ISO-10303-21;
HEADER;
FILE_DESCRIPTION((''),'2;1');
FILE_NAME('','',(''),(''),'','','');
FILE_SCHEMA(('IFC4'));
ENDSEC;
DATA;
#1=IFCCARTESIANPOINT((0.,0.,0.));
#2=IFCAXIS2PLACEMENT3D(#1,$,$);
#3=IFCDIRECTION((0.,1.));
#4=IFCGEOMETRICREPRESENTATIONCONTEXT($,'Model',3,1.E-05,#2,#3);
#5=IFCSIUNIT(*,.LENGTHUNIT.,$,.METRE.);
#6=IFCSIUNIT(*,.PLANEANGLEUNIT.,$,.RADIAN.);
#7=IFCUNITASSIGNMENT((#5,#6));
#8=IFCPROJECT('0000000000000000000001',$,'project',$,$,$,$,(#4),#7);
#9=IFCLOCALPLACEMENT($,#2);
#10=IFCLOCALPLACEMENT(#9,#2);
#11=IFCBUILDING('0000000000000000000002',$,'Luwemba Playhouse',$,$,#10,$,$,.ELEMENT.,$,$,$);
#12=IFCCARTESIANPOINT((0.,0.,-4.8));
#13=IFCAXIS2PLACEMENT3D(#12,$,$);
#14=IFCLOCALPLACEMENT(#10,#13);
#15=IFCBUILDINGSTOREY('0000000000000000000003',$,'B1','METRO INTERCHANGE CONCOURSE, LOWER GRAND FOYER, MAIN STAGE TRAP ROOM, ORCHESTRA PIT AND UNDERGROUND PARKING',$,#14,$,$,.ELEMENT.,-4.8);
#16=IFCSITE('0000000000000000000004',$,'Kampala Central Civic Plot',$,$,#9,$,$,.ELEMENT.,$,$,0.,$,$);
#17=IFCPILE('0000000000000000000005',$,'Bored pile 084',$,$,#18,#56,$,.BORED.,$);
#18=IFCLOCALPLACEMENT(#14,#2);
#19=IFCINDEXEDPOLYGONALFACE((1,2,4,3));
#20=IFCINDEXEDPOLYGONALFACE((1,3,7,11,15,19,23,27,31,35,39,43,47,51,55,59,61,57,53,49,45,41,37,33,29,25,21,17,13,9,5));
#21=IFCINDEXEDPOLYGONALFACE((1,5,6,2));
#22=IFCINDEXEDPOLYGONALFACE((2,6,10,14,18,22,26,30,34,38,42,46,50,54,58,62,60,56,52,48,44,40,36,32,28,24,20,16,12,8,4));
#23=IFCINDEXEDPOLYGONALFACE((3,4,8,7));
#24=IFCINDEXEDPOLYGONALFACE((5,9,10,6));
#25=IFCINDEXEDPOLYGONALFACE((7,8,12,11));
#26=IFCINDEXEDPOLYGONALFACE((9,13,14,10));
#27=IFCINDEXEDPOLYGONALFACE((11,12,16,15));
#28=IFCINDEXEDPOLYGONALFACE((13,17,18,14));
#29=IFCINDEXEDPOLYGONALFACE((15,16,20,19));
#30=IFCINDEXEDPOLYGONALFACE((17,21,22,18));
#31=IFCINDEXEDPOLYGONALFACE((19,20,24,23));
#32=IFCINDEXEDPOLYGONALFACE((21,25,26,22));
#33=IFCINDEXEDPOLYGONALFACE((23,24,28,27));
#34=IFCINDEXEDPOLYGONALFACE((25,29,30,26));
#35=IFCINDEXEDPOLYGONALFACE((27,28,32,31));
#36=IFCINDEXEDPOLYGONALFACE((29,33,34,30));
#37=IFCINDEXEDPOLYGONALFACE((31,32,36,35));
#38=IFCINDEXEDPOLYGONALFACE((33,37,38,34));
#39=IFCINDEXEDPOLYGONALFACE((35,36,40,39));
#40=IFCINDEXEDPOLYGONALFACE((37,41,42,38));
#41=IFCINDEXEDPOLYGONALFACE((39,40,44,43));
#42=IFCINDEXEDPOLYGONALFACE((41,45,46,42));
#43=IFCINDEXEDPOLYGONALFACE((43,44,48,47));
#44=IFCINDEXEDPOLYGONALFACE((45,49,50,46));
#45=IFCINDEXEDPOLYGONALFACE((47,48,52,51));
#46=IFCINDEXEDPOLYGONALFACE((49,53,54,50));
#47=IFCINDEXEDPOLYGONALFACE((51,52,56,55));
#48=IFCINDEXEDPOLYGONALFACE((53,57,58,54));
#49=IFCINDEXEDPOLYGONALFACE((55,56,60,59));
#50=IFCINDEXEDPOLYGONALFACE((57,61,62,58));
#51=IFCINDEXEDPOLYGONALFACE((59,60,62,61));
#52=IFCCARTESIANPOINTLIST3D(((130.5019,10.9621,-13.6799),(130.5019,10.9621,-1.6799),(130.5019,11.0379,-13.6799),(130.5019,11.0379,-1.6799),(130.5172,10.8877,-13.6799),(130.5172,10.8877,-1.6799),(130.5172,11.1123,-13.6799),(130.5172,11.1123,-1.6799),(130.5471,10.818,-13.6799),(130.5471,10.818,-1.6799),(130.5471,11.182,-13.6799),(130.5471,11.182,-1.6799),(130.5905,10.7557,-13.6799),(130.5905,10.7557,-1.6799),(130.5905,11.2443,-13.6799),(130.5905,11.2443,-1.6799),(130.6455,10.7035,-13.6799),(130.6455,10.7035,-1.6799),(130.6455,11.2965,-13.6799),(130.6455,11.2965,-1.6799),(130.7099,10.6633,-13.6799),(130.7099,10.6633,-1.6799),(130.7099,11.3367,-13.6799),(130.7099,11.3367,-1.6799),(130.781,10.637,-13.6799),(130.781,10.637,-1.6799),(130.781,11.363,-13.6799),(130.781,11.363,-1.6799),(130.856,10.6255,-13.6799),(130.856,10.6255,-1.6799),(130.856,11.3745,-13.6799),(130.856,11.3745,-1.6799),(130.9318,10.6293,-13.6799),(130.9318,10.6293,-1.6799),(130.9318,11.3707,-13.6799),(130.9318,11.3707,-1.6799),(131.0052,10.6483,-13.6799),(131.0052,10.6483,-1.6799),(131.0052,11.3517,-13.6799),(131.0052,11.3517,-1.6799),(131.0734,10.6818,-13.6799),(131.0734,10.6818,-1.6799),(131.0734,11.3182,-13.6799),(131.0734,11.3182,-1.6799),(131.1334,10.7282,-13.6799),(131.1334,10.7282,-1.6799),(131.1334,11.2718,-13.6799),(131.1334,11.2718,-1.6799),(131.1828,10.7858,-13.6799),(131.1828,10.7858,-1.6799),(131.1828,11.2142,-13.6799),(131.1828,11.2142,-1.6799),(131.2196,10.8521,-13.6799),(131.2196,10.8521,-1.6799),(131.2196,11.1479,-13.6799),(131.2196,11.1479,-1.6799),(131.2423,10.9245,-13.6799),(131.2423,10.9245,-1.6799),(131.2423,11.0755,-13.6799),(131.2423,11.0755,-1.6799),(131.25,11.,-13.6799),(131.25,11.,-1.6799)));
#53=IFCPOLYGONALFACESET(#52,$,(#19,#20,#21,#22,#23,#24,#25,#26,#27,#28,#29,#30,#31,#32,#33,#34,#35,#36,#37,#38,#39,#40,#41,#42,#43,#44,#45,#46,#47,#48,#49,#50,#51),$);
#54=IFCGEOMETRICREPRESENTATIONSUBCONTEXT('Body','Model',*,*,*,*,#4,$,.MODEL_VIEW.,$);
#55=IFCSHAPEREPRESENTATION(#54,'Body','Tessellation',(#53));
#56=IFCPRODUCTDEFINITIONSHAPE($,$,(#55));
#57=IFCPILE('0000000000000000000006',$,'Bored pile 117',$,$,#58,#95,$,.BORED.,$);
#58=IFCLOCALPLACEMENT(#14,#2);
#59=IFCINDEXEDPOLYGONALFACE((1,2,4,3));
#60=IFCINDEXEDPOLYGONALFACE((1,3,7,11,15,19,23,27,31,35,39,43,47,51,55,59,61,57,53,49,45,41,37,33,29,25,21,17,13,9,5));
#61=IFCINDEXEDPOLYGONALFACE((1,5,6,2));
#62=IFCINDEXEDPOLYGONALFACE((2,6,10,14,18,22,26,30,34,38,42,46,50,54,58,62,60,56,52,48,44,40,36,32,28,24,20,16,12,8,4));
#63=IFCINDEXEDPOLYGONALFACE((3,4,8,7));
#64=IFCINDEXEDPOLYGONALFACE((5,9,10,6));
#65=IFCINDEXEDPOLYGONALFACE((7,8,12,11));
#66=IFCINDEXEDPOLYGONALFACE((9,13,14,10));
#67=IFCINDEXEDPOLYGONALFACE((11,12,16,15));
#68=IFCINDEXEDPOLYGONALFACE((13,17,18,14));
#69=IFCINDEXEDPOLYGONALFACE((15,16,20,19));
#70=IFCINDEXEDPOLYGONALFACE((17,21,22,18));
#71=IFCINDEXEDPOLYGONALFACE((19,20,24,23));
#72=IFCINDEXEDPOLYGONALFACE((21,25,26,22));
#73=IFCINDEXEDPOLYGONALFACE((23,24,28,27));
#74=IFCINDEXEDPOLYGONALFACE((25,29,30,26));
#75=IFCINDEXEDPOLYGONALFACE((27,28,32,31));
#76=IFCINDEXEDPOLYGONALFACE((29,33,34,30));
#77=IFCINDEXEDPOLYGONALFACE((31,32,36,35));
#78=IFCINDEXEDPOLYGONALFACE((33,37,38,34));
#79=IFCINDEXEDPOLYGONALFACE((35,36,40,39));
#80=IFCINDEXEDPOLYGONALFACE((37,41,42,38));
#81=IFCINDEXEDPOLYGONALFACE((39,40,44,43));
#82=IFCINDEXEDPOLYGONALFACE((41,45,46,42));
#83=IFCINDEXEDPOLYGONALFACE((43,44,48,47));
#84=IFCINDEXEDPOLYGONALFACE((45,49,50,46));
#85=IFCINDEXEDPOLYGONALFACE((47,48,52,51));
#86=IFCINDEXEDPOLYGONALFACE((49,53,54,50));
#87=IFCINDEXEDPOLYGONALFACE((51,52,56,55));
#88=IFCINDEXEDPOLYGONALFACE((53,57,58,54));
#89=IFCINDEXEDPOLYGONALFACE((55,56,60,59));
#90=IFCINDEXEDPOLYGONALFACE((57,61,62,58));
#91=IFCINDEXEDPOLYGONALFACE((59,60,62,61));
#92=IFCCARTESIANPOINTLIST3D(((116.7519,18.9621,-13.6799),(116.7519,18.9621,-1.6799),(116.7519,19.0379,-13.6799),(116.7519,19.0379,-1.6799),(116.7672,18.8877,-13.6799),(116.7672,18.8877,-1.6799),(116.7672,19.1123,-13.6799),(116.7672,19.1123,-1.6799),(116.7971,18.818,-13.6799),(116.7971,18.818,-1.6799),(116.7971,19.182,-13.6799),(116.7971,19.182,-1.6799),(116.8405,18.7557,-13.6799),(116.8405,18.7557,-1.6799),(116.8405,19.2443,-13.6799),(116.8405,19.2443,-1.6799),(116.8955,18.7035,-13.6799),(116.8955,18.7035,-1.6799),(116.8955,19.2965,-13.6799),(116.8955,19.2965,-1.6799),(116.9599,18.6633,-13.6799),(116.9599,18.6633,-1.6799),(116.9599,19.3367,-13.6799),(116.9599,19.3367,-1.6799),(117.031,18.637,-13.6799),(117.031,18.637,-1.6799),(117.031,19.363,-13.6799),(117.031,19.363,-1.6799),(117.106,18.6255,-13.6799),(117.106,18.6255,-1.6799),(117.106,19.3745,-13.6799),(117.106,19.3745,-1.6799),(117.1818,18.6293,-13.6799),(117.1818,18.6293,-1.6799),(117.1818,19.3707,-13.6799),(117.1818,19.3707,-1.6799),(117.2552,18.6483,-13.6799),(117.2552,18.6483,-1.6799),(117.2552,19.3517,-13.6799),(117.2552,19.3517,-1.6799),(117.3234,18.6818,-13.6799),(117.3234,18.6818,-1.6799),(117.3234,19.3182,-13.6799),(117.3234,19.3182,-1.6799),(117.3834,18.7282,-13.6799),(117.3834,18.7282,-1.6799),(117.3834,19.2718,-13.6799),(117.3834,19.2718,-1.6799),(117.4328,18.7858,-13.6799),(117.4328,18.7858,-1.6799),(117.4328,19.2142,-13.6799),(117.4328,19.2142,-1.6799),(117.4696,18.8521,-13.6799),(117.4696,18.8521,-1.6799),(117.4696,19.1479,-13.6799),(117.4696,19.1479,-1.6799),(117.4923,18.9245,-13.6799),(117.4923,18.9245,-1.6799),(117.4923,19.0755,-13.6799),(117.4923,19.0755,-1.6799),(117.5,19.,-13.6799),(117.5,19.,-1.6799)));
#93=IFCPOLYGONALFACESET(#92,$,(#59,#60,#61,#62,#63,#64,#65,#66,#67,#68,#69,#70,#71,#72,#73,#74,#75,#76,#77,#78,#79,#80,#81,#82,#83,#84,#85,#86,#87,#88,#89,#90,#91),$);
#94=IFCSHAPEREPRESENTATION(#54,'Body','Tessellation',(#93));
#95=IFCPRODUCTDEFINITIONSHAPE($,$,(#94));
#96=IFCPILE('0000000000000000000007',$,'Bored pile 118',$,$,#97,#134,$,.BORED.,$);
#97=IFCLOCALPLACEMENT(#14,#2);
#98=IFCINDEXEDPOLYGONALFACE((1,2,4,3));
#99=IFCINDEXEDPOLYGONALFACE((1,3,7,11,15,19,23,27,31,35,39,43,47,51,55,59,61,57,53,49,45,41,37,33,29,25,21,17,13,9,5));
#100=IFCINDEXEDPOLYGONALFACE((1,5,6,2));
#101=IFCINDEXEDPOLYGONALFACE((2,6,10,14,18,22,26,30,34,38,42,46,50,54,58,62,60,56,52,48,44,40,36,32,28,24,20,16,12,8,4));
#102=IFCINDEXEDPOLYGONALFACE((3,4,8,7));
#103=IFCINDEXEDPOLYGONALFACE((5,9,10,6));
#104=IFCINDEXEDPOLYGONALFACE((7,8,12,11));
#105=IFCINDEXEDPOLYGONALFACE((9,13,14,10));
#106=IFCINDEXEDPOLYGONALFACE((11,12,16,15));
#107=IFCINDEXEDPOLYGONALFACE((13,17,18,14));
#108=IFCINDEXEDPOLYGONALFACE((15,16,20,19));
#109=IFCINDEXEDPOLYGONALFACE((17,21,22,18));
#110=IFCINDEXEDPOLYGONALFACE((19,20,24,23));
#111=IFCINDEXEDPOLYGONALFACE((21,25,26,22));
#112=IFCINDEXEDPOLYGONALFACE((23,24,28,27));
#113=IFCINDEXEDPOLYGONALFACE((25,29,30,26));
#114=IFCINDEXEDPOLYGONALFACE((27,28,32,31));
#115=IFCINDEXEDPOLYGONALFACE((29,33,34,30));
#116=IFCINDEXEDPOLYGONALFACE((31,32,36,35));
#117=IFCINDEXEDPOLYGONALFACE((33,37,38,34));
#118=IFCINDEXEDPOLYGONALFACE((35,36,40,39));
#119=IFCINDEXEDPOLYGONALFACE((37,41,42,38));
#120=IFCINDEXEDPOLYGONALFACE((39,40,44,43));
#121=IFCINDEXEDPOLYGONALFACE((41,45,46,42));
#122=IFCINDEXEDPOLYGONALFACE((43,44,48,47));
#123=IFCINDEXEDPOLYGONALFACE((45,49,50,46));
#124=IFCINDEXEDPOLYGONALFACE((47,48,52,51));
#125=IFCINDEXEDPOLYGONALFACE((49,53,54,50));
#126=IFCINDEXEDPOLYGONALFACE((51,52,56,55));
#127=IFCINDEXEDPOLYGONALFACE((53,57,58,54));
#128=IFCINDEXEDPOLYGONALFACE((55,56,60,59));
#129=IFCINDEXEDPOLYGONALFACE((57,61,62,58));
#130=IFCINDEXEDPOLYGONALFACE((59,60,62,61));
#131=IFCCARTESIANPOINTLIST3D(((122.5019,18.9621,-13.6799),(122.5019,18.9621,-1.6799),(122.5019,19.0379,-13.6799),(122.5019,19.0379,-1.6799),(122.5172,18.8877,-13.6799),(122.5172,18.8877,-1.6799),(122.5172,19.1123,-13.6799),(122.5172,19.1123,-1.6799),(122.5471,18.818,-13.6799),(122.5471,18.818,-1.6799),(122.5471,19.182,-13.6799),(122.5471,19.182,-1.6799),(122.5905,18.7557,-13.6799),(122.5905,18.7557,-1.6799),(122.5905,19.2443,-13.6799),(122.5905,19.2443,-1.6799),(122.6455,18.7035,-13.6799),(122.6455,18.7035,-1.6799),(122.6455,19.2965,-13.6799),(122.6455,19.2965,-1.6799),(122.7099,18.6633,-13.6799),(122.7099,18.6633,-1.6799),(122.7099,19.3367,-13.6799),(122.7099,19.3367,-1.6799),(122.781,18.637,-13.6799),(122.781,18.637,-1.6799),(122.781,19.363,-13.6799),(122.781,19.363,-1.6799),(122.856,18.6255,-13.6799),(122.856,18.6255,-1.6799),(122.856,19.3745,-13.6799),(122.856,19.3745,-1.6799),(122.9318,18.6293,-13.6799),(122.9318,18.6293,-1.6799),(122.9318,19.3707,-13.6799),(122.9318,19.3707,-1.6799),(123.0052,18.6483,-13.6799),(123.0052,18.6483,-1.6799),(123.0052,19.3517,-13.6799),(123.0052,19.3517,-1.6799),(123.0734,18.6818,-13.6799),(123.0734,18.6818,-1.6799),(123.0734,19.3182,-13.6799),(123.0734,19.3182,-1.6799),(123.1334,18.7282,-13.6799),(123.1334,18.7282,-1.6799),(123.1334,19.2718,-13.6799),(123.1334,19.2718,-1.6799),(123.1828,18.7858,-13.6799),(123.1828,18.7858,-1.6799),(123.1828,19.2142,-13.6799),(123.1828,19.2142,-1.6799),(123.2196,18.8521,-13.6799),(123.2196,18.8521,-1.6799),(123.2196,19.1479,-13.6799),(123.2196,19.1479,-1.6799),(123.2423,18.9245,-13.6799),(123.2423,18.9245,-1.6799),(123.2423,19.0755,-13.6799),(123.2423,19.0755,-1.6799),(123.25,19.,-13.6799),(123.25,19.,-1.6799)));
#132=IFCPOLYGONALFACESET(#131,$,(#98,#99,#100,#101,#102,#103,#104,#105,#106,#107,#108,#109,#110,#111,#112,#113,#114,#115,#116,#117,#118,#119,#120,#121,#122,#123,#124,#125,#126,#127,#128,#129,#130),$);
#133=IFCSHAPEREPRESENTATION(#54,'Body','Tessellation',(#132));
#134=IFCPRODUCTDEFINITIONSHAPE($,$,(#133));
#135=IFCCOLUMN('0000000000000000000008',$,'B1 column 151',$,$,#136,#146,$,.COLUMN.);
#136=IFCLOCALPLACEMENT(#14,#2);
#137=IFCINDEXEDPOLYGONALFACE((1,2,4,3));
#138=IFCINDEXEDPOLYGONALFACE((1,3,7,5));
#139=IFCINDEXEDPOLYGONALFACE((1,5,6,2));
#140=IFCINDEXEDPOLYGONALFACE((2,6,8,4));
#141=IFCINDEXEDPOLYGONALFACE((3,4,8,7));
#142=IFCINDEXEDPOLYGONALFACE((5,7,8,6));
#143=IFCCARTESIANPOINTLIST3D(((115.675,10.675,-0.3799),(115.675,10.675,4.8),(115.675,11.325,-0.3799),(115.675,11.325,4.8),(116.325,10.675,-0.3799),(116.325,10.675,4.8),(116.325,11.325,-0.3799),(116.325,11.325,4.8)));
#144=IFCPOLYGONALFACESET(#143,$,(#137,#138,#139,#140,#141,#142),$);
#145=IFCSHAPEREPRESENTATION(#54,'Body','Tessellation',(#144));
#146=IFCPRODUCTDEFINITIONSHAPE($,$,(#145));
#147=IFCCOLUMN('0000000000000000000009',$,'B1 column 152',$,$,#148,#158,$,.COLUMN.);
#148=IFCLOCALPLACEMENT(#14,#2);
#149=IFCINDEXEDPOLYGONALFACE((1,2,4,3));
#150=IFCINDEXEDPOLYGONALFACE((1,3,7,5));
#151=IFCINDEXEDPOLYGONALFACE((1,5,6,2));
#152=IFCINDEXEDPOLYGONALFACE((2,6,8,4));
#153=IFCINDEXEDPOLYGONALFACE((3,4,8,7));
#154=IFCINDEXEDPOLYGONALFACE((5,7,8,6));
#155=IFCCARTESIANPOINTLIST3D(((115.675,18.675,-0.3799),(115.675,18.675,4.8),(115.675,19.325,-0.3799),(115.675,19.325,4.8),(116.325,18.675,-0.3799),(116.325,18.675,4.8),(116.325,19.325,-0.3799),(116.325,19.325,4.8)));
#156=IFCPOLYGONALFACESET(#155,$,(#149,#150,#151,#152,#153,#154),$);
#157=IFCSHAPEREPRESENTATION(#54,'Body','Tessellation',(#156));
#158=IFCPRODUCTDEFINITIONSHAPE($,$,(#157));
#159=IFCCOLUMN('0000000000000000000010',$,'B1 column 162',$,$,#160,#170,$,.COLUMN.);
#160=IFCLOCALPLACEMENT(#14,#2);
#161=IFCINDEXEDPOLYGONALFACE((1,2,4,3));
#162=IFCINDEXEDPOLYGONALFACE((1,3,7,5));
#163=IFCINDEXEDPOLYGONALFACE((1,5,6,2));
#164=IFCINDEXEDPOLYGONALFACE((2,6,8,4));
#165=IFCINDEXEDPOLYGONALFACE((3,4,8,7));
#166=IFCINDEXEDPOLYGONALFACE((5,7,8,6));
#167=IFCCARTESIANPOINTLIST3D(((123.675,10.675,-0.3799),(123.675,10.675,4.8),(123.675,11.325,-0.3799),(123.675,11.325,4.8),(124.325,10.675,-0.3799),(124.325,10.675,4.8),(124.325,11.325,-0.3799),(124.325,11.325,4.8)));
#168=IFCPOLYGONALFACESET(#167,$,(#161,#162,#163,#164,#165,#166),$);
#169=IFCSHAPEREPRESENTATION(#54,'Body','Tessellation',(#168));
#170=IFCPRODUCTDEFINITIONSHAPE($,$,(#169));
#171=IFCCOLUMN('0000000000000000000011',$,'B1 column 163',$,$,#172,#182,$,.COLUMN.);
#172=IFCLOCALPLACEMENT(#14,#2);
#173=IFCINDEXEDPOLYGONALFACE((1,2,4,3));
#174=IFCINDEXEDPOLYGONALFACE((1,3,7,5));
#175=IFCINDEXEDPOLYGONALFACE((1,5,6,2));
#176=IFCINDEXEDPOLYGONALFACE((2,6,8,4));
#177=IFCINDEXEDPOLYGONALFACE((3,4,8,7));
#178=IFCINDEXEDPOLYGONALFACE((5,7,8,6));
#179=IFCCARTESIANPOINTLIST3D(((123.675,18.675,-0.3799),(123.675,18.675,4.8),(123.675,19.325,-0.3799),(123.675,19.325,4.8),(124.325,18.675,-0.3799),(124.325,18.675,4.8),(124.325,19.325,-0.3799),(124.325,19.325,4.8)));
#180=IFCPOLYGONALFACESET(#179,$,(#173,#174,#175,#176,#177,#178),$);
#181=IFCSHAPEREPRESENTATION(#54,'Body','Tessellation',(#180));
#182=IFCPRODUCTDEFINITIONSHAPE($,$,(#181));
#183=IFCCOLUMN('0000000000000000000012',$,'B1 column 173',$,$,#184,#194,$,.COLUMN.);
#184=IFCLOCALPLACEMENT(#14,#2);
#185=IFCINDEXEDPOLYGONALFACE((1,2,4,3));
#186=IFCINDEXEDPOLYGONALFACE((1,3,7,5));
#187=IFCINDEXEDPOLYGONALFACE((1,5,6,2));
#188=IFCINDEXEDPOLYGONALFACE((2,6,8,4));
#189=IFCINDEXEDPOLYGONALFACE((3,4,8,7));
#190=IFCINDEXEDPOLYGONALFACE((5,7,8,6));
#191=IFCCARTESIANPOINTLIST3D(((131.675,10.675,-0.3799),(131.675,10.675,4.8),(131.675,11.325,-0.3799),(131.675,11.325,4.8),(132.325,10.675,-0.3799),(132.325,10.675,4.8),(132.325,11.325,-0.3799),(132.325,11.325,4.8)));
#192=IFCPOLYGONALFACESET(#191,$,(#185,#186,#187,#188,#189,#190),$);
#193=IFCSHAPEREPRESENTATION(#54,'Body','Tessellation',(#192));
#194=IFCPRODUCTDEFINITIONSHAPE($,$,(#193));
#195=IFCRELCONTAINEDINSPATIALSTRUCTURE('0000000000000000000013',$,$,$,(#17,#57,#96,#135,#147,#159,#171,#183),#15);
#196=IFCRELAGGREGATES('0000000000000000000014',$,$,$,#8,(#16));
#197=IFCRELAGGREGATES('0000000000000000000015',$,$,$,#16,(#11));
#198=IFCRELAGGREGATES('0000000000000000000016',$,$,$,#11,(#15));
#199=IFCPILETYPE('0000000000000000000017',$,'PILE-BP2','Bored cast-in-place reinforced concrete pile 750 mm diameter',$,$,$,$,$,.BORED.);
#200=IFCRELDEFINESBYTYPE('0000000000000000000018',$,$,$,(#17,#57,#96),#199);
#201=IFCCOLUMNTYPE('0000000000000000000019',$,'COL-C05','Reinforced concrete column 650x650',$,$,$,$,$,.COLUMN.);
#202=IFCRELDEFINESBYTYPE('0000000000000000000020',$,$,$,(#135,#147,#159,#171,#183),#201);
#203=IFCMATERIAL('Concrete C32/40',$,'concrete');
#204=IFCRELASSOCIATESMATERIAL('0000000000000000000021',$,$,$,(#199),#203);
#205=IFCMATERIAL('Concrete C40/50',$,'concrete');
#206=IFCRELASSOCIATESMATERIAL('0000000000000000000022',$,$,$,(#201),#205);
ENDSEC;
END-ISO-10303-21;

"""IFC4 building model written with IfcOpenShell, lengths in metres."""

from ifc_helpers import new_model, si_unit, direction, frame, origin, origin_2d, place, context, subcontext, project, spatial, rectangle, circle, extrude, material, material_profile, profile_set, type_object, element, save


model = new_model("IFC4")

# Units and contexts
model_context = context("Model", 3, precision=1e-05, world=origin(), true_north=direction((0.0, 1.0)))
body_context = subcontext(model_context, "Body", "Model", "MODEL_VIEW")
ifc_project = project(units=[si_unit("LENGTHUNIT", "METRE"), si_unit("PLANEANGLEUNIT", "RADIAN")], contexts=[model_context])

# Site, building, storey
site_placement = place(None, origin())
site = spatial("IfcSite", under=ifc_project, at=site_placement, Name="Kampala Central Civic Plot", CompositionType="ELEMENT", RefElevation=0.0)
building_placement = place(site_placement, origin())
building = spatial("IfcBuilding", under=site, at=building_placement, Name="Luwemba Playhouse", CompositionType="ELEMENT")
storey_placement = place(building_placement, frame((0.0, 0.0, -4.8)))
storey = spatial("IfcBuildingStorey", under=building, at=storey_placement, Name="B1", Description="METRO INTERCHANGE CONCOURSE, LOWER GRAND FOYER, MAIN STAGE TRAP ROOM, ORCHESTRA PIT AND UNDERGROUND PARKING", CompositionType="ELEMENT", Elevation=-4.8)

# Shared definitions
ifc_material_1 = material(Name="Concrete C32/40", Category="concrete")

# Piles
ifc_material_profile_1 = material_profile(ifc_material_1, circle(Radius=0.375, at=origin_2d()))
ifc_profile_set_1 = profile_set([ifc_material_profile_1], Name="Concrete C32/40")
pile_type = type_object("IfcPileType", Name="PILE-BP2", Description="Bored cast-in-place reinforced concrete pile 750 mm diameter", PredefinedType="BORED", material=ifc_profile_set_1)
for number, where, z_axis, x_axis, name in (
    (1, (130.875, 11.0, -1.6799), (0.0, 0.0, -1.0), (1.0, 0.0, 0.0), "Bored pile 084"),
    (2, (117.125, 19.0, -1.6799), (0.0, 0.0, -1.0), (1.0, 0.0, 0.0), "Bored pile 117"),
    (3, (122.875, 19.0, -1.6799), (0.0, 0.0, -1.0), (1.0, 0.0, 0.0), "Bored pile 118"),
):
    element("IfcPile", number, at=place(storey_placement, frame(where, z_axis=z_axis, x_axis=x_axis)), inside=storey, type_object=pile_type, Name=name, PredefinedType="BORED", context=body_context, shape_type="SweptSolid", body=[
        extrude(circle(Radius=0.375, at=origin_2d()), origin(), (0.0, 0.0, 1.0), 12.0),
    ])

# Columns
ifc_material_2 = material(Name="Concrete C40/50", Category="concrete")
ifc_material_profile_2 = material_profile(ifc_material_2, rectangle(XDim=0.6499, YDim=0.6499, at=origin_2d()))
ifc_profile_set_2 = profile_set([ifc_material_profile_2], Name="Concrete C40/50")
column_type = type_object("IfcColumnType", Name="COL-C05", Description="Reinforced concrete column 650x650", PredefinedType="COLUMN", material=ifc_profile_set_2)
for number, where, z_axis, x_axis, name in (
    (4, (116.0, 11.0, -0.3799), (0.0, 0.0, 1.0), (1.0, 0.0, 0.0), "B1 column 151"),
    (5, (116.0, 19.0, -0.3799), (0.0, 0.0, 1.0), (1.0, 0.0, 0.0), "B1 column 152"),
    (6, (124.0, 11.0, -0.3799), (0.0, 0.0, 1.0), (1.0, 0.0, 0.0), "B1 column 162"),
    (7, (124.0, 19.0, -0.3799), (0.0, 0.0, 1.0), (1.0, 0.0, 0.0), "B1 column 163"),
    (8, (132.0, 11.0, -0.3799), (0.0, 0.0, 1.0), (1.0, 0.0, 0.0), "B1 column 173"),
):
    element("IfcColumn", number, at=place(storey_placement, frame(where, z_axis=z_axis, x_axis=x_axis)), inside=storey, type_object=column_type, Name=name, PredefinedType="COLUMN", context=body_context, shape_type="SweptSolid", body=[
        extrude(rectangle(XDim=0.6499, YDim=0.6499, at=origin_2d()), origin(), (0.0, 0.0, 1.0), 5.1799),
    ])

save(model, "model.ifc")
